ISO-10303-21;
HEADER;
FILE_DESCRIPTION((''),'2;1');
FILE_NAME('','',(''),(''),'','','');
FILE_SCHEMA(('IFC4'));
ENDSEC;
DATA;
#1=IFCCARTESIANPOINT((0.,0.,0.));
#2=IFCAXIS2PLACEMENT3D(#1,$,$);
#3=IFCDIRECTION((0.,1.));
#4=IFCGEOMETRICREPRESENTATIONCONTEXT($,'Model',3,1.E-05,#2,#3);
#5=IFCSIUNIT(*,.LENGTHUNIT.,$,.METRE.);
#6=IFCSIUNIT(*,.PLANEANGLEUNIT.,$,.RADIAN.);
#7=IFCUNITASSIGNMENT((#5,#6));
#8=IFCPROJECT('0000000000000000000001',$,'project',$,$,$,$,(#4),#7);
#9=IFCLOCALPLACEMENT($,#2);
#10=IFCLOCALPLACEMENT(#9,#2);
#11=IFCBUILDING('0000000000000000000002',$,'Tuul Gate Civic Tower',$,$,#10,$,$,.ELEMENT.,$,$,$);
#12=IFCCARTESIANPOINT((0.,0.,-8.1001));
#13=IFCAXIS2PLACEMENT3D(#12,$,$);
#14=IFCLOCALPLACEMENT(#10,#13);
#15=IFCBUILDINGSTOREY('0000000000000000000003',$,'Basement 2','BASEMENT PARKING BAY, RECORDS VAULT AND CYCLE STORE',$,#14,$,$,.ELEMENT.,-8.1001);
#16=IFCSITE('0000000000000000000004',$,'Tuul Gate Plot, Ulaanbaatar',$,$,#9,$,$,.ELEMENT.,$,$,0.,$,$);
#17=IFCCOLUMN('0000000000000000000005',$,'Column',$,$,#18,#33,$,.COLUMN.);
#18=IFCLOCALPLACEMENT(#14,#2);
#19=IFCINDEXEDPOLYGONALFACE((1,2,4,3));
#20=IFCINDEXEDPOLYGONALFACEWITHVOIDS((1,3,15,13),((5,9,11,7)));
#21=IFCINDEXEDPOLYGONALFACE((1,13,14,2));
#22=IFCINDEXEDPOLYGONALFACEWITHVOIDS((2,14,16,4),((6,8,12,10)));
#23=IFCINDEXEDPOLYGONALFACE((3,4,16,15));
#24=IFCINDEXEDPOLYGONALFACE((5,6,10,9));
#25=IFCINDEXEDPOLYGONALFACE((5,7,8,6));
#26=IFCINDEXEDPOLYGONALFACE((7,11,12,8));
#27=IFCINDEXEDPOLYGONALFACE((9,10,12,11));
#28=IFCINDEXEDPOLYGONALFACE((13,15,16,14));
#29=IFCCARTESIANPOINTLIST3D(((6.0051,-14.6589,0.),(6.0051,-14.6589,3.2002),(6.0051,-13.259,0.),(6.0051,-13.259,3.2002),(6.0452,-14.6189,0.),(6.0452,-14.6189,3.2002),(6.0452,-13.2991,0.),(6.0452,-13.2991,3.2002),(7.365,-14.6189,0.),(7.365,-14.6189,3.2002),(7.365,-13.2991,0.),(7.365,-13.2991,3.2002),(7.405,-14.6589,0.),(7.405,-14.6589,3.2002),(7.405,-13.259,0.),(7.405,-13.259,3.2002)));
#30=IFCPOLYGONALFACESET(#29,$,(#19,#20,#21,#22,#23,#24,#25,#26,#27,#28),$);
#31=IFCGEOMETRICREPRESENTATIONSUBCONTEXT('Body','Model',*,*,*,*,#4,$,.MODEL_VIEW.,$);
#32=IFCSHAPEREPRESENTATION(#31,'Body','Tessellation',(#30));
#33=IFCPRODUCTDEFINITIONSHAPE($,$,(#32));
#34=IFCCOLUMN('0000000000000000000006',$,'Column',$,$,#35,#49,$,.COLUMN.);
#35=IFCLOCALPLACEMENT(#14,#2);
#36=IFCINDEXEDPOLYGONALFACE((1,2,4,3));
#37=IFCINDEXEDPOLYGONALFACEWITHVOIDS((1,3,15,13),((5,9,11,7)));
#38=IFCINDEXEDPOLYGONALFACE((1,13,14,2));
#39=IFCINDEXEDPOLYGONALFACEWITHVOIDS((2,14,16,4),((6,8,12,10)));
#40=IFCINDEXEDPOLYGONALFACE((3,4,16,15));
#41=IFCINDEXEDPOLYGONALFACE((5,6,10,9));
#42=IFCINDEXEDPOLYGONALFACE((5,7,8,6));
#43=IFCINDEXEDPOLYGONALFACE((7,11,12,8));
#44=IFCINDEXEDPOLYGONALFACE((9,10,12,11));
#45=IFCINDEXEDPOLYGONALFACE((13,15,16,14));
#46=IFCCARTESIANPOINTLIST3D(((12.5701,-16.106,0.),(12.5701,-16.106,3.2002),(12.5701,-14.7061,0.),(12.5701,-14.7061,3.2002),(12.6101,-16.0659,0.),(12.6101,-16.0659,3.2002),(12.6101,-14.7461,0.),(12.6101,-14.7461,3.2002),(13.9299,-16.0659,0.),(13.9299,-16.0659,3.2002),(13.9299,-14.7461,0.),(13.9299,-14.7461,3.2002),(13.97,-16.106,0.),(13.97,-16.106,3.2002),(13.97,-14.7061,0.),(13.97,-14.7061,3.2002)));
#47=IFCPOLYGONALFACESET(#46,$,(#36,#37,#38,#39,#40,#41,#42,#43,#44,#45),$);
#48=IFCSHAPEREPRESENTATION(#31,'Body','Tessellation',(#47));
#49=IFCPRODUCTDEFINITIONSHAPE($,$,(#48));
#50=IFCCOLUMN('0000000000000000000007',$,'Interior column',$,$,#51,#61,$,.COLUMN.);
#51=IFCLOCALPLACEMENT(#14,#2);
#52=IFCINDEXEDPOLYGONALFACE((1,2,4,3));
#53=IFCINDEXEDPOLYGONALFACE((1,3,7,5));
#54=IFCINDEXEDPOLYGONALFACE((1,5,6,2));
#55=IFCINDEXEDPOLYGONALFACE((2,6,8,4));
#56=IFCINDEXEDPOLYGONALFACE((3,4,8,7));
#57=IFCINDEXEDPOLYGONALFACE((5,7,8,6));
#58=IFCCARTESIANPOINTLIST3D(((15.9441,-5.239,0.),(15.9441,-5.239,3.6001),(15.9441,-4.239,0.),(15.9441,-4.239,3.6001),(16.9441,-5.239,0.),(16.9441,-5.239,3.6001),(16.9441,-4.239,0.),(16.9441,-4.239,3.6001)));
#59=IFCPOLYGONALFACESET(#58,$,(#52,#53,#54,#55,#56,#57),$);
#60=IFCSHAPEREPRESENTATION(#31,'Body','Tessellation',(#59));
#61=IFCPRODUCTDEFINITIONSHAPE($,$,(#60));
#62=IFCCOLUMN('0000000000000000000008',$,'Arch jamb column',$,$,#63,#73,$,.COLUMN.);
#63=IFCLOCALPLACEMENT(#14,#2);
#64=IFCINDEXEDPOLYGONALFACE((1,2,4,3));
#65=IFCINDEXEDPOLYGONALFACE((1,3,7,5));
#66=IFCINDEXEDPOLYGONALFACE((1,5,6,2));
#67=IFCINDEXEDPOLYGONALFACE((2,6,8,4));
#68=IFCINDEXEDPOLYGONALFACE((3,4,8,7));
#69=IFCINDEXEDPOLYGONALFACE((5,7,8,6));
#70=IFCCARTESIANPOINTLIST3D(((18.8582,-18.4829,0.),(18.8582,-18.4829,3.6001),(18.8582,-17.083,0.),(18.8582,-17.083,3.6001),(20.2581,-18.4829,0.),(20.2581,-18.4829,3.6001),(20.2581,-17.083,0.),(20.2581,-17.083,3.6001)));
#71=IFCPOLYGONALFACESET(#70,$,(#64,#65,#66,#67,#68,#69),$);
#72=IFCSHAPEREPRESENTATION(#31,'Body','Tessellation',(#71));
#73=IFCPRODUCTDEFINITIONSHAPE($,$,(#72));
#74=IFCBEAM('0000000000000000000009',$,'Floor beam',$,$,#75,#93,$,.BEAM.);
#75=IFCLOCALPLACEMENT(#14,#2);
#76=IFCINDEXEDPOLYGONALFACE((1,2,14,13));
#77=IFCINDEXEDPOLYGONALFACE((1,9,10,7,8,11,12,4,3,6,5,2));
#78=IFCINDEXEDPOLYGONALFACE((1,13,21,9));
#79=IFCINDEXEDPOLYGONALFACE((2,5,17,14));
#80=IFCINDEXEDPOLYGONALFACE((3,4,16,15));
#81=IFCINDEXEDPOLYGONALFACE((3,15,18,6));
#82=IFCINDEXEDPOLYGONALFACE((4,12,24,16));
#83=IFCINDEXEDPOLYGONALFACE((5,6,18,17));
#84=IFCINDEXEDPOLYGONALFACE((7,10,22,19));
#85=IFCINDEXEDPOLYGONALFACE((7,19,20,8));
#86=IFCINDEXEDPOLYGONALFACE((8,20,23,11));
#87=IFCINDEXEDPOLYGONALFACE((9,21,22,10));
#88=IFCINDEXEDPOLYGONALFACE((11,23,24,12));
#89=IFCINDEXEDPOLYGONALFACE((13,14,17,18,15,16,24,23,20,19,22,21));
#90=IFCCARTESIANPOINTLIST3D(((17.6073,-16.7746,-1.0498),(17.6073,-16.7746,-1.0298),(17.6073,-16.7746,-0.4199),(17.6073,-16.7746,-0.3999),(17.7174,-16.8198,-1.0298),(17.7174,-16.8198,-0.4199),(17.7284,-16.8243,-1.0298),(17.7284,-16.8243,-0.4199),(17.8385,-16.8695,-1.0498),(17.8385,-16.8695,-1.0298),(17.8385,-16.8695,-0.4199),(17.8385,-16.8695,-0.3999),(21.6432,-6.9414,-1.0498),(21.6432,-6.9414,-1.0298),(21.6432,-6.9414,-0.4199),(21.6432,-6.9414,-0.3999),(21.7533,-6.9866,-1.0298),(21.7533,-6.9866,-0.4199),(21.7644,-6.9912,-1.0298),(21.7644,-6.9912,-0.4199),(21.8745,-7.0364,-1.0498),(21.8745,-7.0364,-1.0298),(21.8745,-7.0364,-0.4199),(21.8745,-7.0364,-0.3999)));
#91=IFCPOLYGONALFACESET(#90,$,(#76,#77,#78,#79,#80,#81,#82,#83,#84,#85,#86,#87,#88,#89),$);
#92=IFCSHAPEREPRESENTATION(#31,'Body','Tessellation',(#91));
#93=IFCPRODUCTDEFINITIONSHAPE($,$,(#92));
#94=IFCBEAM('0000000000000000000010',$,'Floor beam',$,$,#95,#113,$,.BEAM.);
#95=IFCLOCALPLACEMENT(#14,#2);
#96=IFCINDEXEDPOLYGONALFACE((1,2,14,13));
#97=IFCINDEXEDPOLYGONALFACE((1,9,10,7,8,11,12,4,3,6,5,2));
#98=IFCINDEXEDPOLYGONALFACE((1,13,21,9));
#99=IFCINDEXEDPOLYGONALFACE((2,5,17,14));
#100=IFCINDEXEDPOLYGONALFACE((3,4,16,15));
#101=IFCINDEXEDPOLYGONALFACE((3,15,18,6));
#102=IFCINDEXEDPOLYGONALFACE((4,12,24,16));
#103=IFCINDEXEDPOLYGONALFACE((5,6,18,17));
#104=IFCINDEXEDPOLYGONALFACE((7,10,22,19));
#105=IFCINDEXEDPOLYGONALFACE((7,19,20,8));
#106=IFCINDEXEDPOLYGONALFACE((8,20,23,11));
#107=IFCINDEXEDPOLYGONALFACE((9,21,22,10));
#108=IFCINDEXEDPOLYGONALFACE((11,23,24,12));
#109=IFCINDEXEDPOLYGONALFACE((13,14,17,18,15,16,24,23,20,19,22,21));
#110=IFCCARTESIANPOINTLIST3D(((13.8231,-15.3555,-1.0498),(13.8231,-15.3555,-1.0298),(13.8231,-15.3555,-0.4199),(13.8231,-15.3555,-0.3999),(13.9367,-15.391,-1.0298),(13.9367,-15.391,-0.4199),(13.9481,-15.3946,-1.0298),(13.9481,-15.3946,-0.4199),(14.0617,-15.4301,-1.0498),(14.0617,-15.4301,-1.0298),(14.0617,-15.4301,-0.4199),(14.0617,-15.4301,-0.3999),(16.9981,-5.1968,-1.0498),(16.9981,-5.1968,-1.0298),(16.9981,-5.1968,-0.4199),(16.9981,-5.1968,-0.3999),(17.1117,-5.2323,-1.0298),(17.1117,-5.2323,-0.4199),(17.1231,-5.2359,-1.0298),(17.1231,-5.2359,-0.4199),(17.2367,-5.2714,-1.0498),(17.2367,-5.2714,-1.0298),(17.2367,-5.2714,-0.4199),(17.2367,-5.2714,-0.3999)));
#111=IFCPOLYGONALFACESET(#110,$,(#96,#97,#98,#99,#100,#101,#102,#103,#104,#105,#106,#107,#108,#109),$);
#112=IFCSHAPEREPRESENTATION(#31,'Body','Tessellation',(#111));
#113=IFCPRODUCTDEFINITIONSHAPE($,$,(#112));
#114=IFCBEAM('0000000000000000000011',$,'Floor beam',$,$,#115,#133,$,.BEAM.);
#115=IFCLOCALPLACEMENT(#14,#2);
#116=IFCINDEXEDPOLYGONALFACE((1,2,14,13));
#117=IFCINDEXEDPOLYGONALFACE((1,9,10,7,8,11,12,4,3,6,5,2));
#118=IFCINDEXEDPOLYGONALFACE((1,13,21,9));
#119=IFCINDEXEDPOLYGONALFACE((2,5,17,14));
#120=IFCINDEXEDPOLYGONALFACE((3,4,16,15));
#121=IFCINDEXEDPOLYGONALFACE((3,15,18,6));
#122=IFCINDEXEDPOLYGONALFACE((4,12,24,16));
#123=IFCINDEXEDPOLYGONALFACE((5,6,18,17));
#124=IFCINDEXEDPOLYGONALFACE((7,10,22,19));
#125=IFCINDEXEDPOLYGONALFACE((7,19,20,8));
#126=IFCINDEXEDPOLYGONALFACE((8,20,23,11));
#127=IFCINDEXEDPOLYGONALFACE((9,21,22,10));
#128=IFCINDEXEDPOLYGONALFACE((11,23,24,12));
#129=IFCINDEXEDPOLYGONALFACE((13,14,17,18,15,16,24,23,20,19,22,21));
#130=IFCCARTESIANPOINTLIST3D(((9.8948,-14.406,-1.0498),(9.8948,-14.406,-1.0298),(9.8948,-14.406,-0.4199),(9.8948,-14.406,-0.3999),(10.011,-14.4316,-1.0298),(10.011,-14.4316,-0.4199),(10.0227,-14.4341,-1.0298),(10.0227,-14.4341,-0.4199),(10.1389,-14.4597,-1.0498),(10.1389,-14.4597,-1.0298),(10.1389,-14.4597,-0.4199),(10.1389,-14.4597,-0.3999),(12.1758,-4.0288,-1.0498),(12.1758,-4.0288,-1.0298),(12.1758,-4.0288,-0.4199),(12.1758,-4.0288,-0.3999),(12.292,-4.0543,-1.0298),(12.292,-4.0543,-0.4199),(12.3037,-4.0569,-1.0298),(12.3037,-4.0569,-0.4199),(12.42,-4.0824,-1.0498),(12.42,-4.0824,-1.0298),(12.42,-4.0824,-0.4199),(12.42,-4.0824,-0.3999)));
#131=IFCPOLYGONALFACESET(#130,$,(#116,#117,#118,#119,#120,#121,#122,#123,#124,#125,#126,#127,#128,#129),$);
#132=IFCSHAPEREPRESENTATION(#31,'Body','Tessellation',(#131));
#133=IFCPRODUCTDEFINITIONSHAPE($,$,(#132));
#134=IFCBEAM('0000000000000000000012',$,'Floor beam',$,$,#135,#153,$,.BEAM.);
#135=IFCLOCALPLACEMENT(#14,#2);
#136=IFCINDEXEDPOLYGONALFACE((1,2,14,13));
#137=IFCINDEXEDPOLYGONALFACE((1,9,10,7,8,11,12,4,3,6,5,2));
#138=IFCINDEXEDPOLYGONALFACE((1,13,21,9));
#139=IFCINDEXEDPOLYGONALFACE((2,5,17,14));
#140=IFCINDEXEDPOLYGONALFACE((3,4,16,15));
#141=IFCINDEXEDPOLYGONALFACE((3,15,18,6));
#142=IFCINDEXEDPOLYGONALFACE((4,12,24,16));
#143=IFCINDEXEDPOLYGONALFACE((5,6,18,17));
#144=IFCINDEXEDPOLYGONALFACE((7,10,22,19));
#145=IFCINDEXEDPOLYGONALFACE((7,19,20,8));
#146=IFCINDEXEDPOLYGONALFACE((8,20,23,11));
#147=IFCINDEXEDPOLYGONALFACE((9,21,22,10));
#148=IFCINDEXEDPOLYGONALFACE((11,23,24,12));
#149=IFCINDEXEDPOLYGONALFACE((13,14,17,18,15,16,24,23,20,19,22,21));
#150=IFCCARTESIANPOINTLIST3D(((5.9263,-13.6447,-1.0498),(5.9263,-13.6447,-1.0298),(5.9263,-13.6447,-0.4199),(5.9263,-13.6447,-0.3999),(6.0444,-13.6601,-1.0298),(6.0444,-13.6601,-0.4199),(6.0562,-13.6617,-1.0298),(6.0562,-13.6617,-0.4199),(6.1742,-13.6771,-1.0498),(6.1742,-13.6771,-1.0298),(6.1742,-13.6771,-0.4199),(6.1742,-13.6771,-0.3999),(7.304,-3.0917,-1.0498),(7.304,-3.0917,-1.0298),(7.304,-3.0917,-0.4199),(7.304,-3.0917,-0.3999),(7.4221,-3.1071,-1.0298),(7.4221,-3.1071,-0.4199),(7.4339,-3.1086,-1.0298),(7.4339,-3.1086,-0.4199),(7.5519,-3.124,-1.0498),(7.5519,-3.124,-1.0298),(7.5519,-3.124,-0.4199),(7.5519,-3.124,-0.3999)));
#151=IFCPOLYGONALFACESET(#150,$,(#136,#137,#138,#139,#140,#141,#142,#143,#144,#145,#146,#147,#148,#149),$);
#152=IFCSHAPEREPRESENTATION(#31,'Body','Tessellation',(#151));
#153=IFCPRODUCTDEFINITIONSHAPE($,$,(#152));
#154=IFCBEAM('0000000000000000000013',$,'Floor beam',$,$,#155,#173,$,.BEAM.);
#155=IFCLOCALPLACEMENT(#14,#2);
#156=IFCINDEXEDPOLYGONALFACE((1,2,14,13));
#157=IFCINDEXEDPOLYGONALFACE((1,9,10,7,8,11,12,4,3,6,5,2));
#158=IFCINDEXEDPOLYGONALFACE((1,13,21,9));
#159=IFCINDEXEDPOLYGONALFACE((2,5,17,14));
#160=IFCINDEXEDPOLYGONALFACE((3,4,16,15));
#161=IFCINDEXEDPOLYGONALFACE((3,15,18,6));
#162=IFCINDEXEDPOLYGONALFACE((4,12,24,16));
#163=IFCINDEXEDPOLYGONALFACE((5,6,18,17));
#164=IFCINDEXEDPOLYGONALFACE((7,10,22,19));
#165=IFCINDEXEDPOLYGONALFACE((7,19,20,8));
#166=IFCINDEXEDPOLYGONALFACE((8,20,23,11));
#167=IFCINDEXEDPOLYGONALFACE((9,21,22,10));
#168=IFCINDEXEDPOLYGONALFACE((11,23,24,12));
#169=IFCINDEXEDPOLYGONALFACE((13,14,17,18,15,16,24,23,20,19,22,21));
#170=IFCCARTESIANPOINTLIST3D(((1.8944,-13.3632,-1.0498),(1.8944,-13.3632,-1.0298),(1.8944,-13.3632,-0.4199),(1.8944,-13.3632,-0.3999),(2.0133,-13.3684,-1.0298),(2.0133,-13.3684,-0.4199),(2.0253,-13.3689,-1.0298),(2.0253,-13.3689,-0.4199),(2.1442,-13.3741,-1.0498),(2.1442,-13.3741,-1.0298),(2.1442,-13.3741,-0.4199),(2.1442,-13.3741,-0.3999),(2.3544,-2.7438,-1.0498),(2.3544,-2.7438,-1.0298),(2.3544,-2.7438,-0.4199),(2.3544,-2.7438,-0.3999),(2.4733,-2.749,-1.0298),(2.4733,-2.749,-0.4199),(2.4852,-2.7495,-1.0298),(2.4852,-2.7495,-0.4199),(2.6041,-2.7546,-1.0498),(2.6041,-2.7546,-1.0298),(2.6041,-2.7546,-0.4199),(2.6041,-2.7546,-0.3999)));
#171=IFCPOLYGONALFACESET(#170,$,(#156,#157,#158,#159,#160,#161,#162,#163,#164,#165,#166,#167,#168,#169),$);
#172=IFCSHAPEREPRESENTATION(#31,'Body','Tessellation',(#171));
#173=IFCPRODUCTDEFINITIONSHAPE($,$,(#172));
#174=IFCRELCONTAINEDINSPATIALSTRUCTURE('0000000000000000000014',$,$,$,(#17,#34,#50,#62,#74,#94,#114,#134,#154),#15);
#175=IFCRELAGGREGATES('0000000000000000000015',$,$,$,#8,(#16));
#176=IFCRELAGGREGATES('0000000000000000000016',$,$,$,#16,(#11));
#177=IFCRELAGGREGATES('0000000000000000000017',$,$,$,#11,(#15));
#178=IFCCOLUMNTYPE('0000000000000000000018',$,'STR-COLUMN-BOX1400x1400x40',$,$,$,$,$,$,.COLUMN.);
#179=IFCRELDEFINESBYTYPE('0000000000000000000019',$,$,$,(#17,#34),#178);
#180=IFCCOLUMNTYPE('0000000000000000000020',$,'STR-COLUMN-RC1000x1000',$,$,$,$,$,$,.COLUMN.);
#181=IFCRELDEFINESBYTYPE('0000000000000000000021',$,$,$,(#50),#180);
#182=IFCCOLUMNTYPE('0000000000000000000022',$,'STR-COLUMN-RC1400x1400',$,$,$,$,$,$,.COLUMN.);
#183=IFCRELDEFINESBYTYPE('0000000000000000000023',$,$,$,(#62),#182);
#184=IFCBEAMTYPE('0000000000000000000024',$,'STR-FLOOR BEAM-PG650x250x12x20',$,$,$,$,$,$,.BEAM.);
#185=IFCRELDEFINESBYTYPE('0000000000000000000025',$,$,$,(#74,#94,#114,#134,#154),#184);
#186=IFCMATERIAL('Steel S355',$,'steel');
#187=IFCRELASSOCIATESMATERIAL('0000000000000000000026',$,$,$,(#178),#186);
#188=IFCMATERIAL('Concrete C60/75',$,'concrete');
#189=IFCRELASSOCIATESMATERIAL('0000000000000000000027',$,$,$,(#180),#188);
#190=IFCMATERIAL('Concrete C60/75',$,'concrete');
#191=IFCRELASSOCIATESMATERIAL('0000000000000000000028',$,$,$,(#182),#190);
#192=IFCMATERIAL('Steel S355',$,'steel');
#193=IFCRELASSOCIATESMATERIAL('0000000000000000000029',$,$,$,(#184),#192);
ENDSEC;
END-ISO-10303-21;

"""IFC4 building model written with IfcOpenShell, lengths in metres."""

from ifc_helpers import new_model, si_unit, direction, frame, origin, origin_2d, place, context, subcontext, project, spatial, rectangle, hollow_rectangle, i_section, extrude, material, material_profile, profile_set, type_object, element, save


model = new_model("IFC4")

# Units and contexts
model_context = context("Model", 3, precision=1e-05, world=origin(), true_north=direction((0.0, 1.0)))
body_context = subcontext(model_context, "Body", "Model", "MODEL_VIEW")
ifc_project = project(units=[si_unit("LENGTHUNIT", "METRE"), si_unit("PLANEANGLEUNIT", "RADIAN")], contexts=[model_context])

# Site, building, storey
site_placement = place(None, origin())
site = spatial("IfcSite", under=ifc_project, at=site_placement, Name="Tuul Gate Plot, Ulaanbaatar", CompositionType="ELEMENT", RefElevation=0.0)
building_placement = place(site_placement, origin())
building = spatial("IfcBuilding", under=site, at=building_placement, Name="Tuul Gate Civic Tower", CompositionType="ELEMENT")
storey_placement = place(building_placement, frame((0.0, 0.0, -8.1001)))
storey = spatial("IfcBuildingStorey", under=building, at=storey_placement, Name="Basement 2", Description="BASEMENT PARKING BAY, RECORDS VAULT AND CYCLE STORE", CompositionType="ELEMENT", Elevation=-8.1001)

# Columns
ifc_material_1 = material(Name="Steel S355", Category="steel")
ifc_material_profile_1 = material_profile(ifc_material_1, hollow_rectangle(XDim=1.3999, YDim=1.3999, WallThickness=0.04, at=origin_2d()), Name="BOX1400x1400x40")
ifc_profile_set_1 = profile_set([ifc_material_profile_1], Name="Steel S355")
column_type_1 = type_object("IfcColumnType", Name="STR-COLUMN-BOX1400x1400x40", PredefinedType="COLUMN", material=ifc_profile_set_1)
for number, where, z_axis, x_axis, name in (
    (1, (6.7051, -13.959, 0.0), (0.0, 0.0, 1.0), (1.0, 0.0, 0.0), "Column"),
    (2, (13.27, -15.406, 0.0), (0.0, 0.0, 1.0), (1.0, 0.0, 0.0), "Column"),
):
    element("IfcColumn", number, at=place(storey_placement, frame(where, z_axis=z_axis, x_axis=x_axis)), inside=storey, type_object=column_type_1, Name=name, PredefinedType="COLUMN", context=body_context, shape_type="SweptSolid", body=[
        extrude(hollow_rectangle(XDim=1.3999, YDim=1.3999, WallThickness=0.04, at=origin_2d()), origin(), (0.0, 0.0, 1.0), 3.2002),
    ])
ifc_material_2 = material(Name="Concrete C60/75", Category="concrete")
ifc_material_profile_2 = material_profile(ifc_material_2, rectangle(XDim=1.0, YDim=1.0, at=origin_2d()), Name="RC1000x1000")
ifc_profile_set_2 = profile_set([ifc_material_profile_2], Name="Concrete C60/75")
column_type_2 = type_object("IfcColumnType", Name="STR-COLUMN-RC1000x1000", PredefinedType="COLUMN", material=ifc_profile_set_2)
column_1_placement = place(storey_placement, frame((16.4441, -4.739, 0.0), z_axis=(0.0, 0.0, 1.0), x_axis=(1.0, 0.0, 0.0)))
element("IfcColumn", 3, at=column_1_placement, inside=storey, type_object=column_type_2, Name="Interior column", PredefinedType="COLUMN", context=body_context, shape_type="SweptSolid", body=[
    extrude(rectangle(XDim=1.0, YDim=1.0, at=origin_2d()), origin(), (0.0, 0.0, 1.0), 3.6001),
])
ifc_material_3 = material(Name="Concrete C60/75", Category="concrete")
ifc_material_profile_3 = material_profile(ifc_material_3, rectangle(XDim=1.3999, YDim=1.3999, at=origin_2d()), Name="RC1400x1400")
ifc_profile_set_3 = profile_set([ifc_material_profile_3], Name="Concrete C60/75")
column_type_3 = type_object("IfcColumnType", Name="STR-COLUMN-RC1400x1400", PredefinedType="COLUMN", material=ifc_profile_set_3)
column_2_placement = place(storey_placement, frame((19.5581, -17.783, 0.0), z_axis=(0.0, 0.0, 1.0), x_axis=(1.0, 0.0, 0.0)))
element("IfcColumn", 4, at=column_2_placement, inside=storey, type_object=column_type_3, Name="Arch jamb column", PredefinedType="COLUMN", context=body_context, shape_type="SweptSolid", body=[
    extrude(rectangle(XDim=1.3999, YDim=1.3999, at=origin_2d()), origin(), (0.0, 0.0, 1.0), 3.6001),
])

# Beams
ifc_material_4 = material(Name="Steel S355", Category="steel")
ifc_material_profile_4 = material_profile(ifc_material_4, i_section(OverallWidth=0.25, OverallDepth=0.6499, WebThickness=0.012, FlangeThickness=0.02, at=origin_2d()), Name="PG650x250x12x20")
ifc_profile_set_4 = profile_set([ifc_material_profile_4], Name="Steel S355")
beam_type_1 = type_object("IfcBeamType", Name="STR-FLOOR BEAM-PG650x250x12x20", PredefinedType="BEAM", material=ifc_profile_set_4)
beam_1_placement = place(storey_placement, frame((17.7229, -16.822, -0.7249), z_axis=(0.379704, 0.925108, 0.0), x_axis=(-0.925108, 0.379704, 0.0)))
element("IfcBeam", 5, at=beam_1_placement, inside=storey, type_object=beam_type_1, Name="Floor beam", PredefinedType="BEAM", context=body_context, shape_type="SweptSolid", body=[
    extrude(i_section(OverallWidth=0.25, OverallDepth=0.6499, WebThickness=0.012, FlangeThickness=0.02, at=origin_2d()), origin(), (0.0, 0.0, 1.0), 10.6292),
])
beam_2_placement = place(storey_placement, frame((13.9424, -15.3928, -0.7249), z_axis=(0.298314, 0.954468, 0.0), x_axis=(-0.954468, 0.298314, 0.0)))
element("IfcBeam", 6, at=beam_2_placement, inside=storey, type_object=beam_type_1, Name="Floor beam", PredefinedType="BEAM", context=body_context, shape_type="SweptSolid", body=[
    extrude(i_section(OverallWidth=0.25, OverallDepth=0.6499, WebThickness=0.012, FlangeThickness=0.02, at=origin_2d()), origin(), (0.0, 0.0, 1.0), 10.6433),
])
beam_3_placement = place(storey_placement, frame((10.0168, -14.4329, -0.7249), z_axis=(0.214684, 0.976684, 0.0), x_axis=(-0.976684, 0.214684, 0.0)))
element("IfcBeam", 7, at=beam_3_placement, inside=storey, type_object=beam_type_1, Name="Floor beam", PredefinedType="BEAM", context=body_context, shape_type="SweptSolid", body=[
    extrude(i_section(OverallWidth=0.25, OverallDepth=0.6499, WebThickness=0.012, FlangeThickness=0.02, at=origin_2d()), origin(), (0.0, 0.0, 1.0), 10.625),
])
beam_4_placement = place(storey_placement, frame((6.0503, -13.6609, -0.7249), z_axis=(0.129451, 0.991586, 0.0), x_axis=(-0.991586, 0.129451, 0.0)))
element("IfcBeam", 8, at=beam_4_placement, inside=storey, type_object=beam_type_1, Name="Floor beam", PredefinedType="BEAM", context=body_context, shape_type="SweptSolid", body=[
    extrude(i_section(OverallWidth=0.25, OverallDepth=0.6499, WebThickness=0.012, FlangeThickness=0.02, at=origin_2d()), origin(), (0.0, 0.0, 1.0), 10.6426),
])
beam_5_placement = place(storey_placement, frame((2.0193, -13.3687, -0.7249), z_axis=(0.043273, 0.999063, 0.0), x_axis=(-0.999063, 0.043273, 0.0)))
element("IfcBeam", 9, at=beam_5_placement, inside=storey, type_object=beam_type_1, Name="Floor beam", PredefinedType="BEAM", context=body_context, shape_type="SweptSolid", body=[
    extrude(i_section(OverallWidth=0.25, OverallDepth=0.6499, WebThickness=0.012, FlangeThickness=0.02, at=origin_2d()), origin(), (0.0, 0.0, 1.0), 10.6294),
])

save(model, "model.ifc")
